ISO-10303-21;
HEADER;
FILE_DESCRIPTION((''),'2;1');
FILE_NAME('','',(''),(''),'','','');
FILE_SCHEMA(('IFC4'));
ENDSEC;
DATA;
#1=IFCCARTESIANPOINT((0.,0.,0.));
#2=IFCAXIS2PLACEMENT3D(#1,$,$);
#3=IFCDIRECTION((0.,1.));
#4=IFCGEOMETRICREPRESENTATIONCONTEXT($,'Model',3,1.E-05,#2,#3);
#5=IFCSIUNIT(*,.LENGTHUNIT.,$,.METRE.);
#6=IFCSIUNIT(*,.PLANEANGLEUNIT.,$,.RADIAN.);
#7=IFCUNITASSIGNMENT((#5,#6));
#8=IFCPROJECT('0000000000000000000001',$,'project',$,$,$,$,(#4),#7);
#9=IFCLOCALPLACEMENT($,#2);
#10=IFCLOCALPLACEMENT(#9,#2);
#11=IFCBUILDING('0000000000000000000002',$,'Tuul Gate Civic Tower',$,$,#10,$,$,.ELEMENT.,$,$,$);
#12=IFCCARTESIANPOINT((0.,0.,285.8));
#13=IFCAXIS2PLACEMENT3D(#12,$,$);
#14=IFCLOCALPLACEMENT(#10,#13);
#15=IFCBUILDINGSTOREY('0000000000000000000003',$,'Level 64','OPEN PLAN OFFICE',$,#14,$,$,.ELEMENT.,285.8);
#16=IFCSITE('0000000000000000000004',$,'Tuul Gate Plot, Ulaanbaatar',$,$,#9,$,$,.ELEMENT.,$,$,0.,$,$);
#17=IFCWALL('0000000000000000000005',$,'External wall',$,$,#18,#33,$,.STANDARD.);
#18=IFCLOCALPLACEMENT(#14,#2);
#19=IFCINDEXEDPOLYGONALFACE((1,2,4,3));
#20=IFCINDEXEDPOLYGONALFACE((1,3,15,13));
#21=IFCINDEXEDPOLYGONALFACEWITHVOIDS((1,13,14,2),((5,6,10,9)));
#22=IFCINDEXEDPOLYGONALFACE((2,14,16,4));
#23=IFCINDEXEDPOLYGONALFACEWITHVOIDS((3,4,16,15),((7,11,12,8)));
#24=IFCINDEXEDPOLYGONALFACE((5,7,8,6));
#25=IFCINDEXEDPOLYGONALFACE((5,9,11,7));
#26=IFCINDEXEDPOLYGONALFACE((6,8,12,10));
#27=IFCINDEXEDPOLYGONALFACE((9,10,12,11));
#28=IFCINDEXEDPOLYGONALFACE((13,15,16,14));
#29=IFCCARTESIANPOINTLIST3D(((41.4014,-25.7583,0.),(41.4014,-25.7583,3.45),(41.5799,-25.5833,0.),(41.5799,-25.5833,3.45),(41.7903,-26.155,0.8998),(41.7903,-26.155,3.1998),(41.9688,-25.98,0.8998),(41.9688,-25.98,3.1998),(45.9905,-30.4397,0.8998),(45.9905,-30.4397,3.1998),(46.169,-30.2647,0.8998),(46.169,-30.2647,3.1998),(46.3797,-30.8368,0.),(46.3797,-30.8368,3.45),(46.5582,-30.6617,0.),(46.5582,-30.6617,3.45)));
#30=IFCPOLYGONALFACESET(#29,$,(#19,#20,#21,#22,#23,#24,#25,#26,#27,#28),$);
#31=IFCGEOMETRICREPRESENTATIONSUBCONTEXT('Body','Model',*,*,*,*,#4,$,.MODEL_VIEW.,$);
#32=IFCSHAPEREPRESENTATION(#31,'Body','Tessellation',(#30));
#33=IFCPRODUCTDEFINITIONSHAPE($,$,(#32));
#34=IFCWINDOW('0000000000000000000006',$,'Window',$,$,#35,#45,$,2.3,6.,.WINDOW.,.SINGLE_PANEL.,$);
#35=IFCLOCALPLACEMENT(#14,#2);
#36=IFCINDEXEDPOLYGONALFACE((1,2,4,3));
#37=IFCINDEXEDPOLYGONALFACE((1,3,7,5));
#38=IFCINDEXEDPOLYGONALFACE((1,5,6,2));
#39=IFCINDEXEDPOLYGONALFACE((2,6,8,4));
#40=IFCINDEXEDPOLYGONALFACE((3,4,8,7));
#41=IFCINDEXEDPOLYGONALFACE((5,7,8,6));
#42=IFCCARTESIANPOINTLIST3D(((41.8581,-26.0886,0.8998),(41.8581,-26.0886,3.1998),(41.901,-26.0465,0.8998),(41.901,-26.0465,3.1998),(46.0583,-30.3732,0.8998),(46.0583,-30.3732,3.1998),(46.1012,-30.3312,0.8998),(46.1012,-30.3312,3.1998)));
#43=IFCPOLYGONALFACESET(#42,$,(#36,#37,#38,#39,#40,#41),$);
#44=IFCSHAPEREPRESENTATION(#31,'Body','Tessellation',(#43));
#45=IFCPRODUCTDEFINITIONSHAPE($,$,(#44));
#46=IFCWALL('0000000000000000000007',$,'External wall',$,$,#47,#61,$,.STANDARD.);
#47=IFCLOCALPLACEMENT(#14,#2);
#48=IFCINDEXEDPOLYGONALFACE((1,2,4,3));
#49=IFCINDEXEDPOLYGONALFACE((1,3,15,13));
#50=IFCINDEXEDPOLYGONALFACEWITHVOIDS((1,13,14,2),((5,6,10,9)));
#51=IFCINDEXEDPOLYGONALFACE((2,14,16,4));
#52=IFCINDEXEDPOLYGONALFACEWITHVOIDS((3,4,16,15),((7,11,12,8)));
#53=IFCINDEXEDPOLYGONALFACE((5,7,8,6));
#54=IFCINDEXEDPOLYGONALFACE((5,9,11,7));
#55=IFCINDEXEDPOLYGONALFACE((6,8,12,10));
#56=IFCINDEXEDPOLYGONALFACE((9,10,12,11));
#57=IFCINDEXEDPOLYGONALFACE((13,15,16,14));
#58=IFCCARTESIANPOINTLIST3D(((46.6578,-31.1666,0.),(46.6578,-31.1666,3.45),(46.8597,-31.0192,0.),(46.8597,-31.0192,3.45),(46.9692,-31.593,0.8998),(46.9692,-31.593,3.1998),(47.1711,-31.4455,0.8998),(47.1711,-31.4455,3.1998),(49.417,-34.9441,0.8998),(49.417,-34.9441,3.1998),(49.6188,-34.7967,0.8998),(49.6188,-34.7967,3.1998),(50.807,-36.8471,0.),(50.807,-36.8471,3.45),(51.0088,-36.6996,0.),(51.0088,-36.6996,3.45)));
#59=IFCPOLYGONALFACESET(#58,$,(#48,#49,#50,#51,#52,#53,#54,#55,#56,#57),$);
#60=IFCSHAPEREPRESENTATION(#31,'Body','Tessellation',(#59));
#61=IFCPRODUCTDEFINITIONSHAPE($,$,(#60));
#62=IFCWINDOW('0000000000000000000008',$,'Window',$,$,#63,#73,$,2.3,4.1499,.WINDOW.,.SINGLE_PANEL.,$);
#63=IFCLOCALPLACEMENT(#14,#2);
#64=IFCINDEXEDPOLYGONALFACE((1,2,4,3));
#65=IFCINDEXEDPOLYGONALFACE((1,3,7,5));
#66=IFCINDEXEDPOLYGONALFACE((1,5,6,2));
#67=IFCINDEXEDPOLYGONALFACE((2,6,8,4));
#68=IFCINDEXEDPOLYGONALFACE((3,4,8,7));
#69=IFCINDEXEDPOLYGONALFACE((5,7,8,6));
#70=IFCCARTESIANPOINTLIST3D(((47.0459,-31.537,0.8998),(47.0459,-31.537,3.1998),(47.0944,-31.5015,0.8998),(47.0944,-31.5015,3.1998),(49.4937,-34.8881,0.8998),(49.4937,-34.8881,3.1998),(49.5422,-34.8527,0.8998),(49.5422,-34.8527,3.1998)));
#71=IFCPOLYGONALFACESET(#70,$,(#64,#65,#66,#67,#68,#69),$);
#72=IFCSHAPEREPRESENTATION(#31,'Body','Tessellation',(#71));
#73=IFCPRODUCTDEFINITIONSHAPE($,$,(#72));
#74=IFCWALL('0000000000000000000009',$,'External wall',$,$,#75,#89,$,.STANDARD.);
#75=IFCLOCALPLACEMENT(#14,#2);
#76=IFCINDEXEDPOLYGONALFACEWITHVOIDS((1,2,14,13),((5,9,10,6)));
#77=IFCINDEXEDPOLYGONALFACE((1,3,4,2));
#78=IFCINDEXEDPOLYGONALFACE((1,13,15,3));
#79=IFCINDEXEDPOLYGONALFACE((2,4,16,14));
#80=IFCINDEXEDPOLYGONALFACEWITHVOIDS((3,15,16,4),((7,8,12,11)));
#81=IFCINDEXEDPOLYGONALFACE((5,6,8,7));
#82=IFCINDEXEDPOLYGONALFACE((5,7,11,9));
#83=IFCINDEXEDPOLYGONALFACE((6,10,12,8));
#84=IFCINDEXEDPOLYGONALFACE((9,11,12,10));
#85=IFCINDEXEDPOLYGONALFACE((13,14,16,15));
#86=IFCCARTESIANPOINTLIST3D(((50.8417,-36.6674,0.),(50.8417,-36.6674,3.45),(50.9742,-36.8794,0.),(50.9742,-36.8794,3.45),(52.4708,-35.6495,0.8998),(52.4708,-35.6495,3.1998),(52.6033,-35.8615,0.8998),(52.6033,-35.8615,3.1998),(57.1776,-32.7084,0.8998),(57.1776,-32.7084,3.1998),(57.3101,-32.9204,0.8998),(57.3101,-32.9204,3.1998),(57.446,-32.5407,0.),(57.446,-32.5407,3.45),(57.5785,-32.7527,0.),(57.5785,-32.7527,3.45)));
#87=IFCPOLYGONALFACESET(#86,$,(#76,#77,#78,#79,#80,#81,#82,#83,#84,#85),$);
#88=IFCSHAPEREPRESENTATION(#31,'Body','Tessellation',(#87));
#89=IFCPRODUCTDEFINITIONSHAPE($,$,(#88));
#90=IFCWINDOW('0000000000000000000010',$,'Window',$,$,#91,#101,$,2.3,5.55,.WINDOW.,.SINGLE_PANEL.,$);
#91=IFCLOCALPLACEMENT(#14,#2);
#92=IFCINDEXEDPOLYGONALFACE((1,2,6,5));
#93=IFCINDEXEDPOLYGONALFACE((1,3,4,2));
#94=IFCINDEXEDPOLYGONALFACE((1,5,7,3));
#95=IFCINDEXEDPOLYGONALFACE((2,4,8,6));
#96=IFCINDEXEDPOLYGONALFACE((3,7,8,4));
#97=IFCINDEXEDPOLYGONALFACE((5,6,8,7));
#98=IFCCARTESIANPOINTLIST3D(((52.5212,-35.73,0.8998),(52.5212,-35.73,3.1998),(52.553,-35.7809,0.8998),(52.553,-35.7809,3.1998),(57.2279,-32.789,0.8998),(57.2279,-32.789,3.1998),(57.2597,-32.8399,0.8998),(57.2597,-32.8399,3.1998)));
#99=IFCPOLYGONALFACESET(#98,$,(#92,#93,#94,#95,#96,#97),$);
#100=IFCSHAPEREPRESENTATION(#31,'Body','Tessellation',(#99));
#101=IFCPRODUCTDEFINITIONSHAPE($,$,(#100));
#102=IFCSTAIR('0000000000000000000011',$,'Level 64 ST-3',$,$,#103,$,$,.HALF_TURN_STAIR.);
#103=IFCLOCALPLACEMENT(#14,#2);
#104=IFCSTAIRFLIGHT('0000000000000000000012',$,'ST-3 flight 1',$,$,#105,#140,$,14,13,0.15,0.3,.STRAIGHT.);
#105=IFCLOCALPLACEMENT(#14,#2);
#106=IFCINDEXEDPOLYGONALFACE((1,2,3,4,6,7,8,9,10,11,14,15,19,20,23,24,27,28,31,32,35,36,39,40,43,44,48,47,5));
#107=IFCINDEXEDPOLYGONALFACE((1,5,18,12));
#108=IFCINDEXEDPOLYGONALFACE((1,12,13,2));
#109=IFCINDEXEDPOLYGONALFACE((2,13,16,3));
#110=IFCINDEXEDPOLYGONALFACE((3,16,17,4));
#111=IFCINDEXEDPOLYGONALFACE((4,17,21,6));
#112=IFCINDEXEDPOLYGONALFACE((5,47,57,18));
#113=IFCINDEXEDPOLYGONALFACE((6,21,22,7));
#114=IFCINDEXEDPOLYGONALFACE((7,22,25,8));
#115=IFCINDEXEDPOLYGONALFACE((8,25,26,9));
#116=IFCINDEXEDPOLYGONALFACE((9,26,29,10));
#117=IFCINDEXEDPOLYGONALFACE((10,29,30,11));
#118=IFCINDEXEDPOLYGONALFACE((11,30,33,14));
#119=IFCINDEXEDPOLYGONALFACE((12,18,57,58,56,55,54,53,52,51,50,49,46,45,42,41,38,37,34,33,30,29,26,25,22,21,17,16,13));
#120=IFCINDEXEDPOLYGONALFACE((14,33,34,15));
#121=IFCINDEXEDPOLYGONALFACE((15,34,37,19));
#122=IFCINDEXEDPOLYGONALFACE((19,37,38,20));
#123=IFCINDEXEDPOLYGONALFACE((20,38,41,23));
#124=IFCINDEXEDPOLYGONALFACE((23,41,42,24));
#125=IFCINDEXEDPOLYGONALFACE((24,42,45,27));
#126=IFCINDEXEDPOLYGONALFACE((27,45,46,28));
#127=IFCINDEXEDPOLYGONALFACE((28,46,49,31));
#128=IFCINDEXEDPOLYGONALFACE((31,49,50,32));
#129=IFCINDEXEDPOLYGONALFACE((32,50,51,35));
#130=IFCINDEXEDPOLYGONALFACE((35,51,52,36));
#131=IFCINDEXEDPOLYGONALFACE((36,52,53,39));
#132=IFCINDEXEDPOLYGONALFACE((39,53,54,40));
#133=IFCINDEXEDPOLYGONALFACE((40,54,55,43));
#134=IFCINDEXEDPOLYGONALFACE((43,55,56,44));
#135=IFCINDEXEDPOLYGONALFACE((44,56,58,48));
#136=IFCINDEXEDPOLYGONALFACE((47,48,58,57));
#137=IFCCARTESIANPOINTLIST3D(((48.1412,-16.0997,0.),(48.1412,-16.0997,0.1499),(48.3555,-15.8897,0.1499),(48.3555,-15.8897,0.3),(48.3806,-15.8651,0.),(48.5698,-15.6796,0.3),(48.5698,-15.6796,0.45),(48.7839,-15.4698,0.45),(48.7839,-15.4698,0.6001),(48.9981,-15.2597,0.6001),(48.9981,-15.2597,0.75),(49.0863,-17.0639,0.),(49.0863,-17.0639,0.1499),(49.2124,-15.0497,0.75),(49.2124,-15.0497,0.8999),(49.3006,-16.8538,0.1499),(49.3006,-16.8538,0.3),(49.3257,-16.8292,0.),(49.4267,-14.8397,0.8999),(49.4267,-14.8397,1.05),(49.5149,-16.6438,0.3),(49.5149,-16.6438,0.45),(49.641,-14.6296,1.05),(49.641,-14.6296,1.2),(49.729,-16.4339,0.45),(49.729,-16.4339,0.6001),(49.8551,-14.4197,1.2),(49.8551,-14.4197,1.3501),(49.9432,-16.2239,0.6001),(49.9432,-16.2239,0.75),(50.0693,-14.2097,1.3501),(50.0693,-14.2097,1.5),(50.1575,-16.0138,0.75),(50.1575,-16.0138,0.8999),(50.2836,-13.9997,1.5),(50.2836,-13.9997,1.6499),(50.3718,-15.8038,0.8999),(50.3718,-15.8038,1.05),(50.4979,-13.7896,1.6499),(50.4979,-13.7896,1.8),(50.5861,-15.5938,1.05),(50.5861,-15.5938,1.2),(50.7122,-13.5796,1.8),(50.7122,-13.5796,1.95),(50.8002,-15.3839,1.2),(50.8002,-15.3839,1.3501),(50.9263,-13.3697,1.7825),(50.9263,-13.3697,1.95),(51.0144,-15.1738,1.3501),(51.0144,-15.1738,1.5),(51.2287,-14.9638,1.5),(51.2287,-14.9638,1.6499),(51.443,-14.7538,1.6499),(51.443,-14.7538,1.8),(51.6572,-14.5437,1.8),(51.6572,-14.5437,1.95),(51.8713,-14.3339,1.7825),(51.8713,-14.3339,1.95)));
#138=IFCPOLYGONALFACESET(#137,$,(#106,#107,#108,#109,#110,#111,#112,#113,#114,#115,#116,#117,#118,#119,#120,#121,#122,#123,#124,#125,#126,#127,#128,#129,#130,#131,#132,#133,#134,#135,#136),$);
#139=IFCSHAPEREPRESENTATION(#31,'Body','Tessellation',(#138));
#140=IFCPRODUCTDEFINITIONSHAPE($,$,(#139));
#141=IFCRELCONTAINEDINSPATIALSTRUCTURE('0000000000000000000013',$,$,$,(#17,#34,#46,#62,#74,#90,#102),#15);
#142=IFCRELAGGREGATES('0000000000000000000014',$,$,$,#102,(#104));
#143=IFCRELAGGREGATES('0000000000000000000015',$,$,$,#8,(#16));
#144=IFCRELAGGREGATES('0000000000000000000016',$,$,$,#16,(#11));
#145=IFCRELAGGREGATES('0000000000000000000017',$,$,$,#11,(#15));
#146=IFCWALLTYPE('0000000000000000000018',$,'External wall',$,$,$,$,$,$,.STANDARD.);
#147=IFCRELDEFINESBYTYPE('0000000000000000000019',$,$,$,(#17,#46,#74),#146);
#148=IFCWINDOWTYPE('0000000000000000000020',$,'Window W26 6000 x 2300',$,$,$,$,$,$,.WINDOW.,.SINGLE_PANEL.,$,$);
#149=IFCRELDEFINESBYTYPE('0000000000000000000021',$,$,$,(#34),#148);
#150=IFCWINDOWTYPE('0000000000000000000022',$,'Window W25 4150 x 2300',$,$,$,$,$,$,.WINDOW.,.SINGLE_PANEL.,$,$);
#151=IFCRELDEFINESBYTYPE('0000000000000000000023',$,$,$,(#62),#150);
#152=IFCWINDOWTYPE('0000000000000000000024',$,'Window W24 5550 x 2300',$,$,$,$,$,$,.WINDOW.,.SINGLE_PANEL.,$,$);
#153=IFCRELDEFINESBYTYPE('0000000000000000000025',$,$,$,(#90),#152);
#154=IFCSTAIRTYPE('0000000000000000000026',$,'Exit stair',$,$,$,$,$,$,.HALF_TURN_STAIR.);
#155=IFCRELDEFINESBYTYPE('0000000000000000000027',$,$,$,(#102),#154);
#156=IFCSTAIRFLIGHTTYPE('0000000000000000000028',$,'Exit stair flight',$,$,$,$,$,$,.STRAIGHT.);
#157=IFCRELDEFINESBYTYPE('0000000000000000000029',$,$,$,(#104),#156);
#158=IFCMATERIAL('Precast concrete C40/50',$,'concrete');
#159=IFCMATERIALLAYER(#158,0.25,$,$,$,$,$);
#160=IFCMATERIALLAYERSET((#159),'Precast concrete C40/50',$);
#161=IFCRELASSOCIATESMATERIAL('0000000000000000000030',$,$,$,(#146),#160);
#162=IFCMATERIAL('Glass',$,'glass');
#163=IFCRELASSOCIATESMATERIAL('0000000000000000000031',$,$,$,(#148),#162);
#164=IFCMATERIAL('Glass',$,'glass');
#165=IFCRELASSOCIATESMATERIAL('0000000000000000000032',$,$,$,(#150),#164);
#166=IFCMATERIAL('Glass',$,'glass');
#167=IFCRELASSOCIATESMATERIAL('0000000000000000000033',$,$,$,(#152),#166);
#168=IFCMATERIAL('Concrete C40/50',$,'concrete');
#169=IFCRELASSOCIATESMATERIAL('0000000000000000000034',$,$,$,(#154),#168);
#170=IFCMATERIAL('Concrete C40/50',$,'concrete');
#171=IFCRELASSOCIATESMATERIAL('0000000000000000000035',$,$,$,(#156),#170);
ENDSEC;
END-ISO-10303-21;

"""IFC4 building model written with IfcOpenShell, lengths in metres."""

from ifc_helpers import new_model, si_unit, direction, frame, frame_2d, origin, place, context, subcontext, project, spatial, polyline, rectangle, outline, extrude, material, layer, layer_set, type_object, element, fill, aggregate, save


model = new_model("IFC4")

# Units and contexts
model_context = context("Model", 3, precision=1e-05, world=origin(), true_north=direction((0.0, 1.0)))
body_context = subcontext(model_context, "Body", "Model", "MODEL_VIEW")
ifc_project = project(units=[si_unit("LENGTHUNIT", "METRE"), si_unit("PLANEANGLEUNIT", "RADIAN")], contexts=[model_context])

# Site, building, storey
site_placement = place(None, origin())
site = spatial("IfcSite", under=ifc_project, at=site_placement, Name="Tuul Gate Plot, Ulaanbaatar", CompositionType="ELEMENT", RefElevation=0.0)
building_placement = place(site_placement, origin())
building = spatial("IfcBuilding", under=site, at=building_placement, Name="Tuul Gate Civic Tower", CompositionType="ELEMENT")
storey_placement = place(building_placement, frame((0.0, 0.0, 285.8)))
storey = spatial("IfcBuildingStorey", under=building, at=storey_placement, Name="Level 64", Description="OPEN PLAN OFFICE", CompositionType="ELEMENT", Elevation=285.8)

# Walls, openings, windows
ifc_material_1 = material(Name="Precast concrete C40/50", Category="concrete")
ifc_layer_1 = layer(ifc_material_1, 0.25)
ifc_layer_set_1 = layer_set([ifc_layer_1], Name="Precast concrete C40/50")
wall_type_1 = type_object("IfcWallType", Name="External wall", PredefinedType="STANDARD", material=ifc_layer_set_1)
wall_1_placement = place(storey_placement, frame((41.4907, -25.6709, 0.0), z_axis=(0.0, 0.0, 1.0), x_axis=(0.700034, -0.71411, 0.0)))
wall_1 = element("IfcWall", 1, at=wall_1_placement, inside=storey, type_object=wall_type_1, Name="External wall", PredefinedType="STANDARD", context=body_context, shape_type="SweptSolid", body=[
    extrude(rectangle(XDim=7.1116, YDim=0.25, at=frame_2d((3.5557, 0.0))), origin(), (0.0, 0.0, 1.0), 3.45),
])
opening_1_placement = place(wall_1_placement, frame((0.5554, 0.0, 0.8999)))
opening_1 = element("IfcOpeningElement", 2, at=opening_1_placement, cuts=wall_1, PredefinedType="OPENING", context=body_context, shape_type="SweptSolid", body=[
    extrude(rectangle(XDim=6.0, YDim=2.3, at=frame_2d((3.0, 1.1499))), frame((0.0, 0.135, 0.0), z_axis=(0.0, -1.0, 0.0), x_axis=(1.0, 0.0, 0.0)), (0.0, 0.0, 1.0), 0.27),
])
ifc_material_2 = material(Name="Glass", Category="glass")
window_type_1 = type_object("IfcWindowType", Name="Window W26 6000 x 2300", PartitioningType="SINGLE_PANEL", PredefinedType="WINDOW", material=ifc_material_2)
window_1_placement = place(opening_1_placement, origin())
window_1 = element("IfcWindow", 3, at=window_1_placement, inside=storey, type_object=window_type_1, Name="Window", OverallHeight=2.3, OverallWidth=6.0, PartitioningType="SINGLE_PANEL", PredefinedType="WINDOW", context=body_context, shape_type="SweptSolid", body=[
    extrude(rectangle(XDim=6.0, YDim=2.3, at=frame_2d((3.0, 1.1499))), frame((0.0, 0.03, 0.0), z_axis=(0.0, -1.0, 0.0), x_axis=(1.0, 0.0, 0.0)), (0.0, 0.0, 1.0), 0.0601),
])
fill(opening_1, window_1)
wall_2_placement = place(storey_placement, frame((46.7588, -31.093, 0.0), z_axis=(0.0, 0.0, 1.0), x_axis=(0.58984, -0.80752, 0.0)))
wall_2 = element("IfcWall", 4, at=wall_2_placement, inside=storey, type_object=wall_type_1, Name="External wall", PredefinedType="STANDARD", context=body_context, shape_type="SweptSolid", body=[
    extrude(rectangle(XDim=7.0344, YDim=0.25, at=frame_2d((3.5171, 0.0))), origin(), (0.0, 0.0, 1.0), 3.45),
])
opening_2_placement = place(wall_2_placement, frame((0.5278, 0.0, 0.8999)))
opening_2 = element("IfcOpeningElement", 5, at=opening_2_placement, cuts=wall_2, PredefinedType="OPENING", context=body_context, shape_type="SweptSolid", body=[
    extrude(rectangle(XDim=4.1499, YDim=2.3, at=frame_2d((2.075, 1.1499))), frame((0.0, 0.135, 0.0), z_axis=(0.0, -1.0, 0.0), x_axis=(1.0, 0.0, 0.0)), (0.0, 0.0, 1.0), 0.27),
])
ifc_material_3 = material(Name="Glass", Category="glass")
window_type_2 = type_object("IfcWindowType", Name="Window W25 4150 x 2300", PartitioningType="SINGLE_PANEL", PredefinedType="WINDOW", material=ifc_material_3)
window_2_placement = place(opening_2_placement, origin())
window_2 = element("IfcWindow", 6, at=window_2_placement, inside=storey, type_object=window_type_2, Name="Window", OverallHeight=2.3, OverallWidth=4.1499, PartitioningType="SINGLE_PANEL", PredefinedType="WINDOW", context=body_context, shape_type="SweptSolid", body=[
    extrude(rectangle(XDim=4.1499, YDim=2.3, at=frame_2d((2.075, 1.1499))), frame((0.0, 0.03, 0.0), z_axis=(0.0, -1.0, 0.0), x_axis=(1.0, 0.0, 0.0)), (0.0, 0.0, 1.0), 0.0601),
])
fill(opening_2, window_2)
wall_3_placement = place(storey_placement, frame((50.908, -36.7734, 0.0), z_axis=(0.0, 0.0, 1.0), x_axis=(0.848053, 0.529912, 0.0)))
wall_3 = element("IfcWall", 7, at=wall_3_placement, inside=storey, type_object=wall_type_1, Name="External wall", PredefinedType="STANDARD", context=body_context, shape_type="SweptSolid", body=[
    extrude(rectangle(XDim=7.7876, YDim=0.25, at=frame_2d((3.8938, 0.0))), origin(), (0.0, 0.0, 1.0), 3.45),
])
opening_3_placement = place(wall_3_placement, frame((1.9211, 0.0, 0.8999)))
opening_3 = element("IfcOpeningElement", 8, at=opening_3_placement, cuts=wall_3, PredefinedType="OPENING", context=body_context, shape_type="SweptSolid", body=[
    extrude(rectangle(XDim=5.55, YDim=2.3, at=frame_2d((2.7749, 1.1499))), frame((0.0, 0.135, 0.0), z_axis=(0.0, -1.0, 0.0), x_axis=(1.0, 0.0, 0.0)), (0.0, 0.0, 1.0), 0.27),
])
ifc_material_4 = material(Name="Glass", Category="glass")
window_type_3 = type_object("IfcWindowType", Name="Window W24 5550 x 2300", PartitioningType="SINGLE_PANEL", PredefinedType="WINDOW", material=ifc_material_4)
window_3_placement = place(opening_3_placement, origin())
window_3 = element("IfcWindow", 9, at=window_3_placement, inside=storey, type_object=window_type_3, Name="Window", OverallHeight=2.3, OverallWidth=5.55, PartitioningType="SINGLE_PANEL", PredefinedType="WINDOW", context=body_context, shape_type="SweptSolid", body=[
    extrude(rectangle(XDim=5.55, YDim=2.3, at=frame_2d((2.7749, 1.1499))), frame((0.0, 0.03, 0.0), z_axis=(0.0, -1.0, 0.0), x_axis=(1.0, 0.0, 0.0)), (0.0, 0.0, 1.0), 0.0601),
])
fill(opening_3, window_3)

# Stair, stair flight
ifc_material_5 = material(Name="Concrete C40/50", Category="concrete")
stair_type = type_object("IfcStairType", Name="Exit stair", PredefinedType="HALF_TURN_STAIR", material=ifc_material_5)
stair_placement = place(storey_placement, origin())
stair = element("IfcStair", 10, at=stair_placement, inside=storey, type_object=stair_type, Name="Level 64 ST-3", PredefinedType="HALF_TURN_STAIR")
ifc_material_6 = material(Name="Concrete C40/50", Category="concrete")
stair_flight_type = type_object("IfcStairFlightType", Name="Exit stair flight", PredefinedType="STRAIGHT", material=ifc_material_6)
stair_flight_placement = place(storey_placement, frame((48.6138, -16.5818, 0.0), z_axis=(0.0, 0.0, 1.0), x_axis=(0.714127, 0.700016, 0.0)))
stair_flight = element("IfcStairFlight", 11, at=stair_flight_placement, type_object=stair_flight_type, Name="ST-3 flight 1", NumberOfRisers=14, NumberOfTreads=13, PredefinedType="STRAIGHT", RiserHeight=0.15, TreadLength=0.3, context=body_context, shape_type="SweptSolid", body=[
    extrude(outline(polyline([(0.0, 0.0), (0.0, 0.1499), (0.3, 0.1499), (0.3, 0.3), (0.6001, 0.3), (0.6001, 0.45), (0.8999, 0.45), (0.8999, 0.6001), (1.2, 0.6001), (1.2, 0.75), (1.5, 0.75), (1.5, 0.8999), (1.8, 0.8999), (1.8, 1.05), (2.1001, 1.05), (2.1001, 1.2), (2.3999, 1.2), (2.3999, 1.3501), (2.7, 1.3501), (2.7, 1.5), (3.0, 1.5), (3.0, 1.6499), (3.3, 1.6499), (3.3, 1.8), (3.6001, 1.8), (3.6001, 1.95), (3.8999, 1.95), (3.8999, 2.1001), (3.8999, 1.7825), (0.3352, 0.0), (0.0, 0.0)])), frame((0.0, 0.675, 0.0), z_axis=(0.0, -1.0, 0.0), x_axis=(1.0, 0.0, 0.0)), (0.0, 0.0, 1.0), 1.3501),
])
aggregate(stair, [stair_flight])

save(model, "model.ifc")
